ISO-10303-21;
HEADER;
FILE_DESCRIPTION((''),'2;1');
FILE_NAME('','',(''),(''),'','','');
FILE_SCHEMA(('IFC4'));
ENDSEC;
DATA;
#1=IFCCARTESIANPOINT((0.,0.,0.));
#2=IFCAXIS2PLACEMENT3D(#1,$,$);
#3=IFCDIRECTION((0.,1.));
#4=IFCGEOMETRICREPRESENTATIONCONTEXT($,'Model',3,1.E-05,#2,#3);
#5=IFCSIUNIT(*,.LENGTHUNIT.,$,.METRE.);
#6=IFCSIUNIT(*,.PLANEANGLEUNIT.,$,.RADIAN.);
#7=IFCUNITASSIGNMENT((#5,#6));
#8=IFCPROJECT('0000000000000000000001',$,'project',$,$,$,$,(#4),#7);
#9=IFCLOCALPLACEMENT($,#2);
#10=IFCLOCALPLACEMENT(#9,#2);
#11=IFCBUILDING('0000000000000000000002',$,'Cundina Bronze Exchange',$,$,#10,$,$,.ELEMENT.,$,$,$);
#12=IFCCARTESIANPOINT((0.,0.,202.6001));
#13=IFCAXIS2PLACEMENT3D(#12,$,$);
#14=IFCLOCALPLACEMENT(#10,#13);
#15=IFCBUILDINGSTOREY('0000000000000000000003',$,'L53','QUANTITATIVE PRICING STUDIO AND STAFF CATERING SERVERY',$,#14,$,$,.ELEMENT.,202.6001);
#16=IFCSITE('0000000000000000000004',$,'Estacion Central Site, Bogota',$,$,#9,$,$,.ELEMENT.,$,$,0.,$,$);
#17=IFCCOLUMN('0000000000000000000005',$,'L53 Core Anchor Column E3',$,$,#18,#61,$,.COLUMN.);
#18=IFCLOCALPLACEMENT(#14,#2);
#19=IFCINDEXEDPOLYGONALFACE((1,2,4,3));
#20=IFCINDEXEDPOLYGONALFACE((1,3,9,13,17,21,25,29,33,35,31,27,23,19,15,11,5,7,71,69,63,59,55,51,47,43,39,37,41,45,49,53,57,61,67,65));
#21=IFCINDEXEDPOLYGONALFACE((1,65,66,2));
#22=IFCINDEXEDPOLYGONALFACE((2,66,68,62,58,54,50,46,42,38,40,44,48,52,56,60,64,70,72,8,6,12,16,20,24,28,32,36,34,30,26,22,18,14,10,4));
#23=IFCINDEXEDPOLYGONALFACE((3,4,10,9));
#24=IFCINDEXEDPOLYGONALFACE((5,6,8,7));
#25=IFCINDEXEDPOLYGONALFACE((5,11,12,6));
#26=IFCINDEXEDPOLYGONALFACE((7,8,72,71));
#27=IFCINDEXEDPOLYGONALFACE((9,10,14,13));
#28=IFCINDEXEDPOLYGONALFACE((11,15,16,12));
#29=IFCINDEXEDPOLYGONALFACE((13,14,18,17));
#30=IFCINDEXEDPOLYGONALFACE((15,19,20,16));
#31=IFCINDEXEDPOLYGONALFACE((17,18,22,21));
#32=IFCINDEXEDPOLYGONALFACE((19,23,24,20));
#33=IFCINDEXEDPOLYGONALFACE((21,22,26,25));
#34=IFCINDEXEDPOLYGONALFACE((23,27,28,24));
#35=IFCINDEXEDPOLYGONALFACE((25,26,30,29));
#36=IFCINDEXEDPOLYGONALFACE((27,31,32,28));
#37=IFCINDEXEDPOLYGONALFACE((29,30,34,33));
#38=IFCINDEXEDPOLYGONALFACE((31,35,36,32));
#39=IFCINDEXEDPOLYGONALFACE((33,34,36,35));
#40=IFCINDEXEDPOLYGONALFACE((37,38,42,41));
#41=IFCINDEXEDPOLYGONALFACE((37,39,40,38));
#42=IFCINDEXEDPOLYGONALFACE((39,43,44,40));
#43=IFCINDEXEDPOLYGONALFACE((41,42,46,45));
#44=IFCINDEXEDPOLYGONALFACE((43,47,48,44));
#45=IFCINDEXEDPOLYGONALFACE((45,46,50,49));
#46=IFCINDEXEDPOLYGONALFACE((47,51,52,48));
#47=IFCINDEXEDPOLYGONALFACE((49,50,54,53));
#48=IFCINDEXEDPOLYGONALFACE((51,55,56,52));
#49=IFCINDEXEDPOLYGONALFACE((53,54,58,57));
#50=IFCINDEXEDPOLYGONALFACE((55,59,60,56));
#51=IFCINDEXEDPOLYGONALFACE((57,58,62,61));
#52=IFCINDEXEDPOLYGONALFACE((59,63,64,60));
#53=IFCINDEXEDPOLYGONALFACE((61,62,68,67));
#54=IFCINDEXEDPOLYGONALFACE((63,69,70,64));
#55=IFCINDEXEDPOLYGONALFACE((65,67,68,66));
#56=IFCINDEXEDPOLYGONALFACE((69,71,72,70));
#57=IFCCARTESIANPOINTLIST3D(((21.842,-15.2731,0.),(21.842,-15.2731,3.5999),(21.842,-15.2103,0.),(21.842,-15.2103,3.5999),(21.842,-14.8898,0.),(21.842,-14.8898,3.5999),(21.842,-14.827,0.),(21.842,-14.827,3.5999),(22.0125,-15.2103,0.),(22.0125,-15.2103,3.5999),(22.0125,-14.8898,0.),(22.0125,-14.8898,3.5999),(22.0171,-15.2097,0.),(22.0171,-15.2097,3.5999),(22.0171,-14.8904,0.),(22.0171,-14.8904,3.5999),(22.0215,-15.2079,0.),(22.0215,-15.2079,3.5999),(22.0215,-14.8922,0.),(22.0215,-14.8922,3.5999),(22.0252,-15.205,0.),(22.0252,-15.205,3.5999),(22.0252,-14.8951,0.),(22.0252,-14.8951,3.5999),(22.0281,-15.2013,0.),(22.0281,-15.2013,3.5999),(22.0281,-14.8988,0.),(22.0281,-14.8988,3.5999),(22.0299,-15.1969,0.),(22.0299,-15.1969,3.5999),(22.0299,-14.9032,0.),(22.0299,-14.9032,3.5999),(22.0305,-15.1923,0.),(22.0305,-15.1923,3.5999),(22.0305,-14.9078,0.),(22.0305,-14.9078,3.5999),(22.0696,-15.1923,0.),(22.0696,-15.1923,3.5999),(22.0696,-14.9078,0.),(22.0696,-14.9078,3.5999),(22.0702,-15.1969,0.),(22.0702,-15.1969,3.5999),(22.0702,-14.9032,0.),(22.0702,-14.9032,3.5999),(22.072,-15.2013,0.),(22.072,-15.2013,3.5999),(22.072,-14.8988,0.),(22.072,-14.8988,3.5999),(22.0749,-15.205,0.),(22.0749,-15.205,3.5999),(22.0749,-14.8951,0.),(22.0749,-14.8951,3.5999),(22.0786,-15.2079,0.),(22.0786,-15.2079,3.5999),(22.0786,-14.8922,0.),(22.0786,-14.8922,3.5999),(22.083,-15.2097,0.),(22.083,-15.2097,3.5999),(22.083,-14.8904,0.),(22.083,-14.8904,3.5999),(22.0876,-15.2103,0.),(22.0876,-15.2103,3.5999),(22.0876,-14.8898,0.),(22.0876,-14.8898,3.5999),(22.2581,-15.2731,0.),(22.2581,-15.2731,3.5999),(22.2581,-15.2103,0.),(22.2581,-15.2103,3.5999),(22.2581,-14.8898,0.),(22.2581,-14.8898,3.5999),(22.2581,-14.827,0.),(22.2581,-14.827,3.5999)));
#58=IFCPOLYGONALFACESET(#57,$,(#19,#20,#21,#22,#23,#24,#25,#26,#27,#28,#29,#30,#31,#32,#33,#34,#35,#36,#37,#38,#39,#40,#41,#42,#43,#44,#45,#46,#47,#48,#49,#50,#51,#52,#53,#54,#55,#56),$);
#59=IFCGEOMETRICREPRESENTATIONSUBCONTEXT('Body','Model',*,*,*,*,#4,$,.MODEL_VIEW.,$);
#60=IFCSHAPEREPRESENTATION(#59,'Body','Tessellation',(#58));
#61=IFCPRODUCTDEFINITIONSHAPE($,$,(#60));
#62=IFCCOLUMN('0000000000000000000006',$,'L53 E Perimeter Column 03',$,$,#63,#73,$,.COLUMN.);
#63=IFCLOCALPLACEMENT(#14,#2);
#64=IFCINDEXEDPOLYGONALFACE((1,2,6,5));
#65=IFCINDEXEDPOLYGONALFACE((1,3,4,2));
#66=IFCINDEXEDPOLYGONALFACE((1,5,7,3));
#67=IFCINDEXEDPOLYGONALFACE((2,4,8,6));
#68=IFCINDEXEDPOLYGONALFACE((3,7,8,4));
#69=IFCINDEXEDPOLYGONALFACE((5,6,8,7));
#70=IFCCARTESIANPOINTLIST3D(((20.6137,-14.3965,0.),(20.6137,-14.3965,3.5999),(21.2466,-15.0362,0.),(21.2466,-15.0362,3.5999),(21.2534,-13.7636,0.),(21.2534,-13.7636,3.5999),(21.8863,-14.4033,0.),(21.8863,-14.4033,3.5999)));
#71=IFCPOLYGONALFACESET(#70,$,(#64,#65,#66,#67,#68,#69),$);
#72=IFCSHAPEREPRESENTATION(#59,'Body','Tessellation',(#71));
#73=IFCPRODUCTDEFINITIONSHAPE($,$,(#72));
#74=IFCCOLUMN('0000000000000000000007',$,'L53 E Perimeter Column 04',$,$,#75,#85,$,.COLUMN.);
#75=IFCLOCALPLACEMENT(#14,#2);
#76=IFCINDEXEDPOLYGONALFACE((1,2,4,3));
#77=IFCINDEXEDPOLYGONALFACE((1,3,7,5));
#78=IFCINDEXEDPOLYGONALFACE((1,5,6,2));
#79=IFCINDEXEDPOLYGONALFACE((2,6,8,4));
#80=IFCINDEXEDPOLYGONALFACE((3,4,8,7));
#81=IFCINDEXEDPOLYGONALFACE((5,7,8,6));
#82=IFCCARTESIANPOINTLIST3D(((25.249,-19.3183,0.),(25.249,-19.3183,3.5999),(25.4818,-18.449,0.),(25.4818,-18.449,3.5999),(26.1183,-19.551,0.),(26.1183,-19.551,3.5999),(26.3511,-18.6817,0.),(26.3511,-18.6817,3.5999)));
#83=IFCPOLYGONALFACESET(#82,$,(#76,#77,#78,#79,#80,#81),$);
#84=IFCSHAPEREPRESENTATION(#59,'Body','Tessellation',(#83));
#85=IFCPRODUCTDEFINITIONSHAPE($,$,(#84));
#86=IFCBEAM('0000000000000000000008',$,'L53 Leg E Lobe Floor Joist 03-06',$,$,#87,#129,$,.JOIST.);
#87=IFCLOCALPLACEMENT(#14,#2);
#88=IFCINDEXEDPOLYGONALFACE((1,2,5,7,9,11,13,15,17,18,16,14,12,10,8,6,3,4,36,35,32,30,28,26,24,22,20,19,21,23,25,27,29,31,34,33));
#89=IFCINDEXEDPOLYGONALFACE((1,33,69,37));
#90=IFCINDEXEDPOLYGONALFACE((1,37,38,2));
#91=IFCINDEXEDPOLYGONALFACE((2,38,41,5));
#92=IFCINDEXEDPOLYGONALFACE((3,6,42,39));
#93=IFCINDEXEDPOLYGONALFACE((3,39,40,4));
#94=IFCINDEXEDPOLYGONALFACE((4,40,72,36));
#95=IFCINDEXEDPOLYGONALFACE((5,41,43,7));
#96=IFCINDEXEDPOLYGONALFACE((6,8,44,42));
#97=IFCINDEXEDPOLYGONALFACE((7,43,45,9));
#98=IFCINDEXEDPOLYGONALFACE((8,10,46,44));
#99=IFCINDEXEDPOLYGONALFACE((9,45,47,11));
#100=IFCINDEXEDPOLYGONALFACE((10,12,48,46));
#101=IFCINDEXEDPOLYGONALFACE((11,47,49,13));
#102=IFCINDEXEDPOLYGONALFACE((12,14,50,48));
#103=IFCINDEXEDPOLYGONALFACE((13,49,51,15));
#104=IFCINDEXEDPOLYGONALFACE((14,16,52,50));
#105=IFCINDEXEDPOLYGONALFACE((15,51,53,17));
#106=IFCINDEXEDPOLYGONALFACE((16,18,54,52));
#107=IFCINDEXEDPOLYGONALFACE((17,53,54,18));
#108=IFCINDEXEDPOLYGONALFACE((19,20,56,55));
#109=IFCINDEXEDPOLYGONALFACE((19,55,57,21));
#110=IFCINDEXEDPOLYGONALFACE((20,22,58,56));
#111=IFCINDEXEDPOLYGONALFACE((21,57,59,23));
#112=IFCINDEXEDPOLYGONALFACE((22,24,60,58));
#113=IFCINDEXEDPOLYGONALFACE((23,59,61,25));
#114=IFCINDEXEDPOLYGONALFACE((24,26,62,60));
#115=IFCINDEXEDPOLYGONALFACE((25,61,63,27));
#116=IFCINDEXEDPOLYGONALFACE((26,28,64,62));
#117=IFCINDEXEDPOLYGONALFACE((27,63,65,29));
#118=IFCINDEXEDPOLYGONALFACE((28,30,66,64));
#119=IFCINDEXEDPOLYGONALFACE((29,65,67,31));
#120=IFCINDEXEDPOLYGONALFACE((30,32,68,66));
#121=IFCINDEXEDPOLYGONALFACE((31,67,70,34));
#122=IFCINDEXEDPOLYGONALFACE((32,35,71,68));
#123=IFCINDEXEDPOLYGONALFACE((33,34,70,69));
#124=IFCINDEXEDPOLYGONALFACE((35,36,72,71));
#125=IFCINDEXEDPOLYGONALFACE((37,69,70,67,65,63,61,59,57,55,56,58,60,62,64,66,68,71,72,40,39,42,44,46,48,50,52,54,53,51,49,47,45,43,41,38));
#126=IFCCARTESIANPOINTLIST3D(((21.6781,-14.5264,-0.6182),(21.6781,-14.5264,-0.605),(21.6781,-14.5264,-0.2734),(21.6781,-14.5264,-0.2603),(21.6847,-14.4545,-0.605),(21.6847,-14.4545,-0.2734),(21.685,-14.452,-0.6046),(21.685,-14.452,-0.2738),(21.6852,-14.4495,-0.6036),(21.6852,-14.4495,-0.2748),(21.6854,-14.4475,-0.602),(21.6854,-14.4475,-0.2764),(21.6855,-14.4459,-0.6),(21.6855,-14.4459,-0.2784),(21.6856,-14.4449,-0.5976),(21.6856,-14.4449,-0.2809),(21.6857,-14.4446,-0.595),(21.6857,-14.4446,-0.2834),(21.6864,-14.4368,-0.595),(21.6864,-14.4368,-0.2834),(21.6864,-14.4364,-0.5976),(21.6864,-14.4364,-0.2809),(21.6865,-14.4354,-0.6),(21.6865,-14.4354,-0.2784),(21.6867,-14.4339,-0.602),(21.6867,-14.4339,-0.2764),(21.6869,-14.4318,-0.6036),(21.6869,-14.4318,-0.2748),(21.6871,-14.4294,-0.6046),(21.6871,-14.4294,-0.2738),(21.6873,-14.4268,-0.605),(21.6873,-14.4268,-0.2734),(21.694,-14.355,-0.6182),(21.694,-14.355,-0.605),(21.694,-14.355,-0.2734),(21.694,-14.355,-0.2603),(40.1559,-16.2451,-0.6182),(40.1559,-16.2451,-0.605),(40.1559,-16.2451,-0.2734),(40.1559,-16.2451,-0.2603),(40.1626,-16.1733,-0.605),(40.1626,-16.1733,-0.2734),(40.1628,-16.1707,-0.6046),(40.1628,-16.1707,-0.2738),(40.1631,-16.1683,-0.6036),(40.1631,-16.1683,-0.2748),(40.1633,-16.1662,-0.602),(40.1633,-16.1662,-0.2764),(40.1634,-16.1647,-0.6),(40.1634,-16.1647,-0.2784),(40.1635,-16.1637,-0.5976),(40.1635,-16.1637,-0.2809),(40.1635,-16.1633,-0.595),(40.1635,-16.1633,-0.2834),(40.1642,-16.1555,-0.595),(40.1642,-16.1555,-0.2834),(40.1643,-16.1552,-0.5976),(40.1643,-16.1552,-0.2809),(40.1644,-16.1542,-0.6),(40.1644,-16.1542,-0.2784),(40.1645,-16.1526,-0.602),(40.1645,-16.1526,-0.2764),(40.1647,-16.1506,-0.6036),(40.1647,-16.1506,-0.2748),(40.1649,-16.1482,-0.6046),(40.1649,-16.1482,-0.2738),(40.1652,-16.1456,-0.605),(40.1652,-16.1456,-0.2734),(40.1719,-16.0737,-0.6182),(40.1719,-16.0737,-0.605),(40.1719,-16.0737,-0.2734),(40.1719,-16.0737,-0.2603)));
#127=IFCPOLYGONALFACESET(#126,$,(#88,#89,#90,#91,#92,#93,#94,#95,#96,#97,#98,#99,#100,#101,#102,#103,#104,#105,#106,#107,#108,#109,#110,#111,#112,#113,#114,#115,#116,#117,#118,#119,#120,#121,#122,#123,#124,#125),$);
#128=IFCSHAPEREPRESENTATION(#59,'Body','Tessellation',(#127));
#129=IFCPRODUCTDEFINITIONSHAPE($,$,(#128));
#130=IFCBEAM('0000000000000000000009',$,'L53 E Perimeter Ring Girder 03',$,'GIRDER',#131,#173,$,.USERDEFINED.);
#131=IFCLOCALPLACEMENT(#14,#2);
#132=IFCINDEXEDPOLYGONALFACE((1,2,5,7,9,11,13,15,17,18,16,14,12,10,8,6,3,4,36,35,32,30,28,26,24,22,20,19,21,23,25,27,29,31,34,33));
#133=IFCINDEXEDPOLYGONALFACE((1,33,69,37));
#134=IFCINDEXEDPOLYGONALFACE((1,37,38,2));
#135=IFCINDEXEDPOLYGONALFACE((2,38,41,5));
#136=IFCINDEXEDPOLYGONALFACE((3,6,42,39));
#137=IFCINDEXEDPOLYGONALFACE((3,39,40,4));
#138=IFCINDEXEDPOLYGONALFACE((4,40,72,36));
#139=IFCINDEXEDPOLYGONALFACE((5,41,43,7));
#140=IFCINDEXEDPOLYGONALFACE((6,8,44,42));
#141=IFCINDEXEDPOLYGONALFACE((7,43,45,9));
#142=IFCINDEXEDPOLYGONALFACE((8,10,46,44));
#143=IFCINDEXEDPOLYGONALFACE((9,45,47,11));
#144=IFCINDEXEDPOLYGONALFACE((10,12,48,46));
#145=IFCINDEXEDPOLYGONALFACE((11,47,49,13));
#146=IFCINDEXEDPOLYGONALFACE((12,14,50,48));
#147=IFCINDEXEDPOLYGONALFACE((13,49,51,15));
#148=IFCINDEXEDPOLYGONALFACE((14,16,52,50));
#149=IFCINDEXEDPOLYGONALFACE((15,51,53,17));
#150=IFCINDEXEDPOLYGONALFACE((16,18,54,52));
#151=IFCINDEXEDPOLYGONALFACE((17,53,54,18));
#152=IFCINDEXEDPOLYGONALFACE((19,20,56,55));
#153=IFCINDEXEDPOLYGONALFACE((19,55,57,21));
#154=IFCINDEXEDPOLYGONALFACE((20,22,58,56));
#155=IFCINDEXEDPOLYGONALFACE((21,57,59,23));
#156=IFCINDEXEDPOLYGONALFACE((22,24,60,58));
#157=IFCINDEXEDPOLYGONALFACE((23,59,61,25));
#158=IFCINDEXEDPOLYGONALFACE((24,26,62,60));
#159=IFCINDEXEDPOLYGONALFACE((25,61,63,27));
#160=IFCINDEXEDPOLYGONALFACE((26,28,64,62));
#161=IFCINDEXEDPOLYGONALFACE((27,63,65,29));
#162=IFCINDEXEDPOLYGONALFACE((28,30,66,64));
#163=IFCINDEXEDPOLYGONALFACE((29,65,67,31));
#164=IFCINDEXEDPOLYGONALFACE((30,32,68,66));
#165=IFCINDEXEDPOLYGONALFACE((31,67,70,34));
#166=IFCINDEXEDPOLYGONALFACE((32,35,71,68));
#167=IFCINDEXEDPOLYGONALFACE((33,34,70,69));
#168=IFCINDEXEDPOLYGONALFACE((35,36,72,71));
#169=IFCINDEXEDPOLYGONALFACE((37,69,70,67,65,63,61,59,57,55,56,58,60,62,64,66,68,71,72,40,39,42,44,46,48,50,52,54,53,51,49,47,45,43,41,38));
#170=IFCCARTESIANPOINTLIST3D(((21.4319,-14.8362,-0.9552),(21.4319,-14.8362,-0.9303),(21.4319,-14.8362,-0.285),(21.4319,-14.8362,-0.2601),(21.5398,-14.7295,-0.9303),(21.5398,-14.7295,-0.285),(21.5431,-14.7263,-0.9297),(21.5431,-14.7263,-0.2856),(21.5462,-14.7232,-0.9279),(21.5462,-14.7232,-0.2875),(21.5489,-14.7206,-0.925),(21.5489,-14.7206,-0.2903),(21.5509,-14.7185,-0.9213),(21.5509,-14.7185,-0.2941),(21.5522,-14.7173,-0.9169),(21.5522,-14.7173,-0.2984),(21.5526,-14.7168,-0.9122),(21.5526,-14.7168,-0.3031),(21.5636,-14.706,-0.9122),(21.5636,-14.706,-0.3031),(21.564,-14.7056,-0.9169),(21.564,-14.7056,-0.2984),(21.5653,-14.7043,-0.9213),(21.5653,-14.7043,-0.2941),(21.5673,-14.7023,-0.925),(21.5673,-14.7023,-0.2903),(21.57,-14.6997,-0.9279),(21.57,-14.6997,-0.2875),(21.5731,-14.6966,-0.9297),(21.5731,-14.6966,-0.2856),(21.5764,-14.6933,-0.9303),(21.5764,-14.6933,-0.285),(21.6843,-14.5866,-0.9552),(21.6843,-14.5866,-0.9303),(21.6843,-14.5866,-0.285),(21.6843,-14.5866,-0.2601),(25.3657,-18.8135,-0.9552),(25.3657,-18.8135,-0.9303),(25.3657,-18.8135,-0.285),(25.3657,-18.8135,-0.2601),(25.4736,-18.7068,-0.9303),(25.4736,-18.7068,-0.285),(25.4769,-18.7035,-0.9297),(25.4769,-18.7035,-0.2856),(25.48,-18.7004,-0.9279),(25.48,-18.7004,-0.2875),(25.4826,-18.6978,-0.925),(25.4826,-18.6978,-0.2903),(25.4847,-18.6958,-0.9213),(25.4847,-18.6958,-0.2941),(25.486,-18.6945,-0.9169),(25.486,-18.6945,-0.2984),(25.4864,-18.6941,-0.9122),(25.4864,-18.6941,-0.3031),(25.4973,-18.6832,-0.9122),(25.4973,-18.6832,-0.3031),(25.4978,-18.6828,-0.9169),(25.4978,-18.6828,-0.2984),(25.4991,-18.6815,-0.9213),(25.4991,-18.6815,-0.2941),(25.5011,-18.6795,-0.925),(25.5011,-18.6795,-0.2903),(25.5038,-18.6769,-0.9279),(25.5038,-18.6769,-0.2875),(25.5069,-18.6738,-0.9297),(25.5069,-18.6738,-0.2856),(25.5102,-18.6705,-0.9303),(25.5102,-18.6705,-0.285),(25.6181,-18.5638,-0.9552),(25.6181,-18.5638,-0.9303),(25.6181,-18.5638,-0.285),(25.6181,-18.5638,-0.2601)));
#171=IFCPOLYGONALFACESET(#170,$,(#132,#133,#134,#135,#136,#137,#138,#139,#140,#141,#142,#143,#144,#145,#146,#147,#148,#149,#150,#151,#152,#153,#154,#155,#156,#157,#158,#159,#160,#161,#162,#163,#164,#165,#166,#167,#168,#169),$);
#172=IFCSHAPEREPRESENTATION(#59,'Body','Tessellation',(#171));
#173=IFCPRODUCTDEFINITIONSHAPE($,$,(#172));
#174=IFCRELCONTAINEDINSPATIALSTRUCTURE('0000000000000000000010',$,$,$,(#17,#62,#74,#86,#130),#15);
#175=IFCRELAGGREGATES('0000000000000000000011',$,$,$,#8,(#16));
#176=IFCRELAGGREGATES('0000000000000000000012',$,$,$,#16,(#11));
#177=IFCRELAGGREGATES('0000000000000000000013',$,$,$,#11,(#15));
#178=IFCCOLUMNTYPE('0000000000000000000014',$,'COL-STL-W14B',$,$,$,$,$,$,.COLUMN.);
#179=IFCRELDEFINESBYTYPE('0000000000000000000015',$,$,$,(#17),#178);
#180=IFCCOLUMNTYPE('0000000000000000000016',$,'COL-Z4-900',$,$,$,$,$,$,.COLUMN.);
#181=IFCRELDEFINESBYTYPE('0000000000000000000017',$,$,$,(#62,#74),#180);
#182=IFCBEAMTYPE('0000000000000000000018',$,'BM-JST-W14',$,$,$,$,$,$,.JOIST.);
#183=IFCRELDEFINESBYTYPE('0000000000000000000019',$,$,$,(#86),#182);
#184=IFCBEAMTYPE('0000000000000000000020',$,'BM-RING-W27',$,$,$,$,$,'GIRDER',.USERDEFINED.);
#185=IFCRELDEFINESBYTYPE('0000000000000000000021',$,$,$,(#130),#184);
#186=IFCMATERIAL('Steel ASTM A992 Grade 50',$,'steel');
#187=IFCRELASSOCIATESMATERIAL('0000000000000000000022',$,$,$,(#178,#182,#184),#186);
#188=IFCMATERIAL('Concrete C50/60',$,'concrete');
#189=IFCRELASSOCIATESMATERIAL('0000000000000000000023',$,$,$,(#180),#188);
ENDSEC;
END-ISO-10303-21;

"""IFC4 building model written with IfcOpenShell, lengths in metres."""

from ifc_helpers import new_model, si_unit, direction, frame, origin, origin_2d, place, context, subcontext, project, spatial, rectangle, i_section, extrude, material, material_profile, profile_set, type_object, element, save


model = new_model("IFC4")

# Units and contexts
model_context = context("Model", 3, precision=1e-05, world=origin(), true_north=direction((0.0, 1.0)))
body_context = subcontext(model_context, "Body", "Model", "MODEL_VIEW")
ifc_project = project(units=[si_unit("LENGTHUNIT", "METRE"), si_unit("PLANEANGLEUNIT", "RADIAN")], contexts=[model_context])

# Site, building, storey
site_placement = place(None, origin())
site = spatial("IfcSite", under=ifc_project, at=site_placement, Name="Estacion Central Site, Bogota", CompositionType="ELEMENT", RefElevation=0.0)
building_placement = place(site_placement, origin())
building = spatial("IfcBuilding", under=site, at=building_placement, Name="Cundina Bronze Exchange", CompositionType="ELEMENT")
storey_placement = place(building_placement, frame((0.0, 0.0, 202.6001)))
storey = spatial("IfcBuildingStorey", under=building, at=storey_placement, Name="L53", Description="QUANTITATIVE PRICING STUDIO AND STAFF CATERING SERVERY", CompositionType="ELEMENT", Elevation=202.6001)

# Columns
ifc_material_1 = material(Name="Steel ASTM A992 Grade 50", Category="steel")
ifc_material_profile_1 = material_profile(ifc_material_1, i_section(OverallWidth=0.416, OverallDepth=0.446, WebThickness=0.0391, FlangeThickness=0.0627, FilletRadius=0.0181, at=origin_2d()), Name="W14X342", Category="steel")
ifc_profile_set_1 = profile_set([ifc_material_profile_1], Name="Steel ASTM A992 Grade 50")
column_type_1 = type_object("IfcColumnType", Name="COL-STL-W14B", PredefinedType="COLUMN", material=ifc_profile_set_1)
column_placement = place(storey_placement, frame((22.05, -15.05, 0.0), z_axis=(0.0, 0.0, 1.0), x_axis=(1.0, 0.0, 0.0)))
element("IfcColumn", 1, at=column_placement, inside=storey, type_object=column_type_1, Name="L53 Core Anchor Column E3", PredefinedType="COLUMN", context=body_context, shape_type="SweptSolid", body=[
    extrude(i_section(OverallWidth=0.416, OverallDepth=0.446, WebThickness=0.0391, FlangeThickness=0.0627, FilletRadius=0.0181, at=origin_2d()), origin(), (0.0, 0.0, 1.0), 3.5999),
])
ifc_material_2 = material(Name="Concrete C50/60", Category="concrete")
ifc_material_profile_2 = material_profile(ifc_material_2, rectangle(XDim=0.8999, YDim=0.8999, at=origin_2d()), Name="RC900X900", Category="concrete")
ifc_profile_set_2 = profile_set([ifc_material_profile_2], Name="Concrete C50/60")
column_type_2 = type_object("IfcColumnType", Name="COL-Z4-900", PredefinedType="COLUMN", material=ifc_profile_set_2)
for number, where, z_axis, x_axis, name in (
    (2, (21.25, -14.3999, 0.0), (0.0, 0.0, 1.0), (0.703271, -0.710922, 0.0), "L53 E Perimeter Column 03"),
    (3, (25.8, -19.0, 0.0), (0.0, 0.0, 1.0), (0.965971, -0.25865, 0.0), "L53 E Perimeter Column 04"),
):
    element("IfcColumn", number, at=place(storey_placement, frame(where, z_axis=z_axis, x_axis=x_axis)), inside=storey, type_object=column_type_2, Name=name, PredefinedType="COLUMN", context=body_context, shape_type="SweptSolid", body=[
        extrude(rectangle(XDim=0.8999, YDim=0.8999, at=origin_2d()), origin(), (0.0, 0.0, 1.0), 3.5999),
    ])

# Beams
ifc_material_profile_3 = material_profile(ifc_material_1, i_section(OverallWidth=0.1721, OverallDepth=0.3579, WebThickness=0.0078, FlangeThickness=0.0132, FilletRadius=0.01, at=origin_2d()), Name="W14X38", Category="steel")
ifc_profile_set_3 = profile_set([ifc_material_profile_3], Name="Steel ASTM A992 Grade 50")
beam_type_1 = type_object("IfcBeamType", Name="BM-JST-W14", PredefinedType="JOIST", material=ifc_profile_set_3)
beam_1_placement = place(storey_placement, frame((21.686, -14.4407, -0.4392), z_axis=(0.995702, -0.092617, 0.0), x_axis=(0.092617, 0.995702, 0.0)))
element("IfcBeam", 4, at=beam_1_placement, inside=storey, type_object=beam_type_1, Name="L53 Leg E Lobe Floor Joist 03-06", PredefinedType="JOIST", context=body_context, shape_type="SweptSolid", body=[
    extrude(i_section(OverallWidth=0.1721, OverallDepth=0.3579, WebThickness=0.0078, FlangeThickness=0.0132, FilletRadius=0.01, at=origin_2d()), origin(), (0.0, 0.0, 1.0), 18.5576),
])
ifc_material_profile_4 = material_profile(ifc_material_1, i_section(OverallWidth=0.355, OverallDepth=0.6951, WebThickness=0.0154, FlangeThickness=0.0249, FilletRadius=0.0181, at=origin_2d()), Name="W27X146", Category="steel")
ifc_profile_set_4 = profile_set([ifc_material_profile_4], Name="Steel ASTM A992 Grade 50")
beam_type_2 = type_object("IfcBeamType", Name="BM-RING-W27", ElementType="GIRDER", PredefinedType="USERDEFINED", material=ifc_profile_set_4)
beam_2_placement = place(storey_placement, frame((21.5581, -14.7114, -0.6077), z_axis=(0.703212, -0.71098, 0.0), x_axis=(0.71098, 0.703212, 0.0)))
element("IfcBeam", 5, at=beam_2_placement, inside=storey, type_object=beam_type_2, Name="L53 E Perimeter Ring Girder 03", ObjectType="GIRDER", PredefinedType="USERDEFINED", context=body_context, shape_type="SweptSolid", body=[
    extrude(i_section(OverallWidth=0.355, OverallDepth=0.6951, WebThickness=0.0154, FlangeThickness=0.0249, FilletRadius=0.0181, at=origin_2d()), origin(), (0.0, 0.0, 1.0), 5.594),
])

save(model, "model.ifc")
